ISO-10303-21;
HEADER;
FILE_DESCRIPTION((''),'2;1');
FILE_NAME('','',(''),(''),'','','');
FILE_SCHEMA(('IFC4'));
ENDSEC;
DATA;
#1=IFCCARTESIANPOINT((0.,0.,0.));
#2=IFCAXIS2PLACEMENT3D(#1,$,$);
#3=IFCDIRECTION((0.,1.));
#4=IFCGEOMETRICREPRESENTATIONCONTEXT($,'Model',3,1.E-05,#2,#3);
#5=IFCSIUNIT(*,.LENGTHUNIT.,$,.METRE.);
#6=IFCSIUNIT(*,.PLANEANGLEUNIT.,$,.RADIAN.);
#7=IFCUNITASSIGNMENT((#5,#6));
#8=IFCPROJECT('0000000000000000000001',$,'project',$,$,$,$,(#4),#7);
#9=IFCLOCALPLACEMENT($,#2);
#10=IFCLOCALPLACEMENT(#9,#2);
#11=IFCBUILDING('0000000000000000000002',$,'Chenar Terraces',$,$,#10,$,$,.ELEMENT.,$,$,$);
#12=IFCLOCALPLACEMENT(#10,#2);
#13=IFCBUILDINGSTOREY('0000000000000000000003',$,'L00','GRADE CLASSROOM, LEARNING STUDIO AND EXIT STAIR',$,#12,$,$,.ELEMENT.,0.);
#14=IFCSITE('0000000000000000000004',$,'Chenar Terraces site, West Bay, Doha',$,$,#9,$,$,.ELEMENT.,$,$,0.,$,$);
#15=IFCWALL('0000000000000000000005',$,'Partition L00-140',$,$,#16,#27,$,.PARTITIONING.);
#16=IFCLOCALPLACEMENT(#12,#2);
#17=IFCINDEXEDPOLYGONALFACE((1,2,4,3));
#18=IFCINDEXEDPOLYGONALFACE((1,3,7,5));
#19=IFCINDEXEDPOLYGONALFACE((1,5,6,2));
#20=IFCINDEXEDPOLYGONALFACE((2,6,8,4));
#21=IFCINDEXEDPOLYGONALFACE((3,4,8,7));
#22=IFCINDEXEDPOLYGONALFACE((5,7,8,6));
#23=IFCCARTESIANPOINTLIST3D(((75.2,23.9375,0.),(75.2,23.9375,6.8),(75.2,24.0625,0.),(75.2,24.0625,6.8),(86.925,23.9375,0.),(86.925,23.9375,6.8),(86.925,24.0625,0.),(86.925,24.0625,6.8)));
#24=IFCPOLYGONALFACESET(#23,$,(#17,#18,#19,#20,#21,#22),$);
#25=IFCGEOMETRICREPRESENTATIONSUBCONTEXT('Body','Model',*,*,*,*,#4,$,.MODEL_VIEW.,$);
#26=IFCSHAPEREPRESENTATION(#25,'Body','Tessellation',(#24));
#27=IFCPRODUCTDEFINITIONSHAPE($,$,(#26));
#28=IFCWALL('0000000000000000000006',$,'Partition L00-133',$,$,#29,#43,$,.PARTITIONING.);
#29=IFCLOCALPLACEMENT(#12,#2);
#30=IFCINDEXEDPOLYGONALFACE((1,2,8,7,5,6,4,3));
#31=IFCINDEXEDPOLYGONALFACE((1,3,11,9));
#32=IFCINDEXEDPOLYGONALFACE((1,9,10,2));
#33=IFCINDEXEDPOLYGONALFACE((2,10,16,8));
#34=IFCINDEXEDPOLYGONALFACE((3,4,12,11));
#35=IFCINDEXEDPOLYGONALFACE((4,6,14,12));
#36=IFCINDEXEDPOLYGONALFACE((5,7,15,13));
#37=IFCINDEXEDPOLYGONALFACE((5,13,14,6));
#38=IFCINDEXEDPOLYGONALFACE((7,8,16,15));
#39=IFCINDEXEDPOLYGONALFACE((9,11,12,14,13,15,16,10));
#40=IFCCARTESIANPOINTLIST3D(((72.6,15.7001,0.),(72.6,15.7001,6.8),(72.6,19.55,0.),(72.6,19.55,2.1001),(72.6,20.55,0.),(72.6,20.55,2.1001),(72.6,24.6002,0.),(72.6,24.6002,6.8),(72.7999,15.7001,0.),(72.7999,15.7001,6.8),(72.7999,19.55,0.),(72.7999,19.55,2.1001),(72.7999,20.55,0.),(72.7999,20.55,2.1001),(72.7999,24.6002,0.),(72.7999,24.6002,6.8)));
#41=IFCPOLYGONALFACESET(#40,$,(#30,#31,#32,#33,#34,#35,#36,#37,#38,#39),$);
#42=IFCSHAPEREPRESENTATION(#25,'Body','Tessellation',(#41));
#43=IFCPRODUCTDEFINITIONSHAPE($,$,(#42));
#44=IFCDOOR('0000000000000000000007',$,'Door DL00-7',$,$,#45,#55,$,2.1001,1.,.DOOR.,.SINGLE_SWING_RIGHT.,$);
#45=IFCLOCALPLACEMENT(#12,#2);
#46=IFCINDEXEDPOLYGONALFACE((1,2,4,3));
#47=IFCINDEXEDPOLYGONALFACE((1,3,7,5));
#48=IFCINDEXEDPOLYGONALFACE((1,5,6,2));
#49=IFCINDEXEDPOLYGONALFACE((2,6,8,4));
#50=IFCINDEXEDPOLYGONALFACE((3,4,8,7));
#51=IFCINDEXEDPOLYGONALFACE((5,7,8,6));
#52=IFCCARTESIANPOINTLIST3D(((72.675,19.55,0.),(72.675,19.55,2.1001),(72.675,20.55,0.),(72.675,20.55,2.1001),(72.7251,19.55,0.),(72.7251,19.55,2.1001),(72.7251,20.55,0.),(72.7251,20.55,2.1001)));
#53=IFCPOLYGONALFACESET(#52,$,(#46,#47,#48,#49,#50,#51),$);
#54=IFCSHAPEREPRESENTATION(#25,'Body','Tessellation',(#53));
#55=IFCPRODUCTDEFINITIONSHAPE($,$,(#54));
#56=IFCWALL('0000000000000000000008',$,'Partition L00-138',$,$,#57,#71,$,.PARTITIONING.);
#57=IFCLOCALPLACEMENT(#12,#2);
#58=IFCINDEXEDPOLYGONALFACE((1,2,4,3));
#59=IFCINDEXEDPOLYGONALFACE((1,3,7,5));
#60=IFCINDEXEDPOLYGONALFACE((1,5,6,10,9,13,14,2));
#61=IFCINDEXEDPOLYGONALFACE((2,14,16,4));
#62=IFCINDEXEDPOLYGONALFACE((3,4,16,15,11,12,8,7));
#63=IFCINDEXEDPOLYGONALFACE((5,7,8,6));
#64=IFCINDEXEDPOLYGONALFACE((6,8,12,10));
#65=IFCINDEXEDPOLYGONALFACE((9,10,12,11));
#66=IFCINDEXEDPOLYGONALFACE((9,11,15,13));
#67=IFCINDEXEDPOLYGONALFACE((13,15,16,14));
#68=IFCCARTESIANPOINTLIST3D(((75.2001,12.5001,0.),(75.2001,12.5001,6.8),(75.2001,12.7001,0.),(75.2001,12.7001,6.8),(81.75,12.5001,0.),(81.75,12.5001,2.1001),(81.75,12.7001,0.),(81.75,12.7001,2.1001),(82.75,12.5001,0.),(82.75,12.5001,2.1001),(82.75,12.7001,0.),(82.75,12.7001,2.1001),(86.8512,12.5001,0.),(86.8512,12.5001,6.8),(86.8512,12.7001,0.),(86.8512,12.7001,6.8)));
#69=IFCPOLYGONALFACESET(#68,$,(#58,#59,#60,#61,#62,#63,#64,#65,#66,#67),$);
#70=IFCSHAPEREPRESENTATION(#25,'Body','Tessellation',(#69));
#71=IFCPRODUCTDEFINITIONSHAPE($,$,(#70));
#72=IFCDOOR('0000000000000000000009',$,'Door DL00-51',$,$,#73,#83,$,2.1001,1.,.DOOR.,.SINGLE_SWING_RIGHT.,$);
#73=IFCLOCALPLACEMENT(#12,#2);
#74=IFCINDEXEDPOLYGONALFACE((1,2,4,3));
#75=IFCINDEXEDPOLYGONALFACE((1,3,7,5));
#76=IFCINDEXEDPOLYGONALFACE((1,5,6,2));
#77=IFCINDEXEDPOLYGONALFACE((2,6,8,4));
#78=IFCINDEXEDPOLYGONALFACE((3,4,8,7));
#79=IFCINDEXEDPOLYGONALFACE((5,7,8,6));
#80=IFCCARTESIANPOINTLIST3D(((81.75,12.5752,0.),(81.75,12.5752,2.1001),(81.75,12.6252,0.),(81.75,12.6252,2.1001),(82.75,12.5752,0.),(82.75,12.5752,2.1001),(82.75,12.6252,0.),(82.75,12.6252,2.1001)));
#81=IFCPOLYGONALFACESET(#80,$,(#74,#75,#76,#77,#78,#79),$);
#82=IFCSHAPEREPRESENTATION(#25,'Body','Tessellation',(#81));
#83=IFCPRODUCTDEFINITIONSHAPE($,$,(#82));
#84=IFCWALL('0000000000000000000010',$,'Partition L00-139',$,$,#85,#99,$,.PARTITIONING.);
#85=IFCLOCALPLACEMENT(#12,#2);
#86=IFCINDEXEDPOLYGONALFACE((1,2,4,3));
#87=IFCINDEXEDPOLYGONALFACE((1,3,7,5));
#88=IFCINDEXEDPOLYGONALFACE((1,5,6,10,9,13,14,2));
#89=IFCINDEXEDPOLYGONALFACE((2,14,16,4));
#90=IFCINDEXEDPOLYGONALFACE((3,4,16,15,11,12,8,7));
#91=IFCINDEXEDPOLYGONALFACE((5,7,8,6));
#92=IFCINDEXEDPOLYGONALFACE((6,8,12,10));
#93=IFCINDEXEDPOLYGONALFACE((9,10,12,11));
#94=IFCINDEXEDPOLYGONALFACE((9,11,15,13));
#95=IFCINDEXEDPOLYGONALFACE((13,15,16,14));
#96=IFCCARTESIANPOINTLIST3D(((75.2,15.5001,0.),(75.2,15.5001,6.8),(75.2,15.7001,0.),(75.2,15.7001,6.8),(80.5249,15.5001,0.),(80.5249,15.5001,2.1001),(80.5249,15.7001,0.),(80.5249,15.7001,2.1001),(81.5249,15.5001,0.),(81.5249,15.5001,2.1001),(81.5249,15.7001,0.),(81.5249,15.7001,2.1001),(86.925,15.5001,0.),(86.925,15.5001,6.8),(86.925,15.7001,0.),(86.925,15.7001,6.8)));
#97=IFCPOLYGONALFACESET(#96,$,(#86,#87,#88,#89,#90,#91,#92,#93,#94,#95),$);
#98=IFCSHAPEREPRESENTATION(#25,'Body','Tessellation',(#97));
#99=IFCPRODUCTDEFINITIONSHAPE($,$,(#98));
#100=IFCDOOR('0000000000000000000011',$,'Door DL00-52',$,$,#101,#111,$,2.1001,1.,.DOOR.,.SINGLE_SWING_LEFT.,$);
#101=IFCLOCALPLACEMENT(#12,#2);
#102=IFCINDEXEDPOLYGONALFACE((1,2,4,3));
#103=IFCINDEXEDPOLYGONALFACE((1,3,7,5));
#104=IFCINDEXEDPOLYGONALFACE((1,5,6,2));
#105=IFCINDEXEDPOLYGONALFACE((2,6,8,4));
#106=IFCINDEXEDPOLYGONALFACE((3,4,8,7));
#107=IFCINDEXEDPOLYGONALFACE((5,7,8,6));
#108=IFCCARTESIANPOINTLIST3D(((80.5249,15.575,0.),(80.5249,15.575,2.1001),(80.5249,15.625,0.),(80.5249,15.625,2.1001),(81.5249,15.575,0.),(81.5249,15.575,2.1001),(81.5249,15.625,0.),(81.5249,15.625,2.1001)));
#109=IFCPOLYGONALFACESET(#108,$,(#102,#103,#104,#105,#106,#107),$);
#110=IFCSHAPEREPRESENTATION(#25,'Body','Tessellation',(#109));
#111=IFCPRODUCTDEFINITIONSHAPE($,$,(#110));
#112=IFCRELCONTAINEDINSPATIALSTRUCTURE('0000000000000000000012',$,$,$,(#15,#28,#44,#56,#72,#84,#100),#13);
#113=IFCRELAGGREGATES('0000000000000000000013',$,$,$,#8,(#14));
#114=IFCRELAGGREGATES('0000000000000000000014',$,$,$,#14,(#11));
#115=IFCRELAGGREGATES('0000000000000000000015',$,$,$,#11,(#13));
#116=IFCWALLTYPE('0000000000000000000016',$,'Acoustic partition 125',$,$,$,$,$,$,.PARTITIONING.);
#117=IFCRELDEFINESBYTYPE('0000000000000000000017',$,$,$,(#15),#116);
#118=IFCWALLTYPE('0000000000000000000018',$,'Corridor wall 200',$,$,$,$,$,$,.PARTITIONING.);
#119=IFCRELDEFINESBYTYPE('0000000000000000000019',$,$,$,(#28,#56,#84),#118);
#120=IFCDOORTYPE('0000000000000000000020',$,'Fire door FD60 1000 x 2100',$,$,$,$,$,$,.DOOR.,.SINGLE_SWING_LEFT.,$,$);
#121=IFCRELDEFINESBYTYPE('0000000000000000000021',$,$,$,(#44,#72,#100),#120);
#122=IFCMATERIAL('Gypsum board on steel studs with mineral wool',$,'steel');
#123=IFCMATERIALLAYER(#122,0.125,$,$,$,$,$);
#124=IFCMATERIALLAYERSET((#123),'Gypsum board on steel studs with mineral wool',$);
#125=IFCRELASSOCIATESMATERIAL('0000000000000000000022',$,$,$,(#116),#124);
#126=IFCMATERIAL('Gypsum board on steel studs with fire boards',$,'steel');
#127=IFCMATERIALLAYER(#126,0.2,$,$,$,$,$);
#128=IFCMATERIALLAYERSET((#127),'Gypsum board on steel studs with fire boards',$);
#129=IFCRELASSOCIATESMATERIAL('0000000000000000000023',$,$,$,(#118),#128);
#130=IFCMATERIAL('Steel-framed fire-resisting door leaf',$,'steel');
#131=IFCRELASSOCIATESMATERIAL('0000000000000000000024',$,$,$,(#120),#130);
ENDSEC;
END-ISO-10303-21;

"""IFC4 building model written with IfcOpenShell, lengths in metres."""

from ifc_helpers import new_model, si_unit, direction, frame, frame_2d, origin, place, context, subcontext, project, spatial, rectangle, extrude, material, layer, layer_set, type_object, element, fill, save


model = new_model("IFC4")

# Units and contexts
model_context = context("Model", 3, precision=1e-05, world=origin(), true_north=direction((0.0, 1.0)))
body_context = subcontext(model_context, "Body", "Model", "MODEL_VIEW")
ifc_project = project(units=[si_unit("LENGTHUNIT", "METRE"), si_unit("PLANEANGLEUNIT", "RADIAN")], contexts=[model_context])

# Site, building, storey
site_placement = place(None, origin())
site = spatial("IfcSite", under=ifc_project, at=site_placement, Name="Chenar Terraces site, West Bay, Doha", CompositionType="ELEMENT", RefElevation=0.0)
building_placement = place(site_placement, origin())
building = spatial("IfcBuilding", under=site, at=building_placement, Name="Chenar Terraces", CompositionType="ELEMENT")
storey_placement = place(building_placement, origin())
storey = spatial("IfcBuildingStorey", under=building, at=storey_placement, Name="L00", Description="GRADE CLASSROOM, LEARNING STUDIO AND EXIT STAIR", CompositionType="ELEMENT", Elevation=0.0)

# Wall
ifc_material_1 = material(Name="Gypsum board on steel studs with mineral wool", Category="steel")
ifc_layer_1 = layer(ifc_material_1, 0.125)
ifc_layer_set_1 = layer_set([ifc_layer_1], Name="Gypsum board on steel studs with mineral wool")
wall_type_1 = type_object("IfcWallType", Name="Acoustic partition 125", PredefinedType="PARTITIONING", material=ifc_layer_set_1)
wall_1_placement = place(storey_placement, frame((75.2, 24.0, 0.0), z_axis=(0.0, 0.0, 1.0), x_axis=(1.0, 0.0, 0.0)))
element("IfcWall", 1, at=wall_1_placement, inside=storey, type_object=wall_type_1, Name="Partition L00-140", PredefinedType="PARTITIONING", context=body_context, shape_type="SweptSolid", body=[
    extrude(rectangle(XDim=11.7251, YDim=0.125, at=frame_2d((5.8625, 0.0))), origin(), (0.0, 0.0, 1.0), 6.8),
])

# Walls, openings, doors
ifc_material_2 = material(Name="Gypsum board on steel studs with fire boards", Category="steel")
ifc_layer_2 = layer(ifc_material_2, 0.2)
ifc_layer_set_2 = layer_set([ifc_layer_2], Name="Gypsum board on steel studs with fire boards")
wall_type_2 = type_object("IfcWallType", Name="Corridor wall 200", PredefinedType="PARTITIONING", material=ifc_layer_set_2)
wall_2_placement = place(storey_placement, frame((72.7, 15.7, 0.0), z_axis=(0.0, 0.0, 1.0), x_axis=(0.0, 1.0, 0.0)))
wall_2 = element("IfcWall", 2, at=wall_2_placement, inside=storey, type_object=wall_type_2, Name="Partition L00-133", PredefinedType="PARTITIONING", context=body_context, shape_type="SweptSolid", body=[
    extrude(rectangle(XDim=8.9001, YDim=0.2, at=frame_2d((4.4502, 0.0))), origin(), (0.0, 0.0, 1.0), 6.8),
])
opening_1_placement = place(wall_2_placement, frame((3.8501, 0.0, 0.0)))
opening_1 = element("IfcOpeningElement", 3, at=opening_1_placement, cuts=wall_2, PredefinedType="OPENING", context=body_context, shape_type="SweptSolid", body=[
    extrude(rectangle(XDim=1.0, YDim=2.1001, at=frame_2d((0.5, 1.05))), frame((0.0, 0.1099, 0.0), z_axis=(0.0, -1.0, 0.0), x_axis=(1.0, 0.0, 0.0)), (0.0, 0.0, 1.0), 0.22),
])
ifc_material_3 = material(Name="Steel-framed fire-resisting door leaf", Category="steel")
door_type = type_object("IfcDoorType", Name="Fire door FD60 1000 x 2100", OperationType="SINGLE_SWING_LEFT", PredefinedType="DOOR", material=ifc_material_3)
door_1_placement = place(opening_1_placement, origin())
door_1 = element("IfcDoor", 4, at=door_1_placement, inside=storey, type_object=door_type, Name="Door DL00-7", OperationType="SINGLE_SWING_RIGHT", OverallHeight=2.1001, OverallWidth=1.0, PredefinedType="DOOR", context=body_context, shape_type="SweptSolid", body=[
    extrude(rectangle(XDim=1.0, YDim=2.1001, at=frame_2d((0.5, 1.05))), frame((0.0, 0.0249, 0.0), z_axis=(0.0, -1.0, 0.0), x_axis=(1.0, 0.0, 0.0)), (0.0, 0.0, 1.0), 0.05),
])
fill(opening_1, door_1)
wall_3_placement = place(storey_placement, frame((75.2, 12.6001, 0.0), z_axis=(0.0, 0.0, 1.0), x_axis=(1.0, 0.0, 0.0)))
wall_3 = element("IfcWall", 5, at=wall_3_placement, inside=storey, type_object=wall_type_2, Name="Partition L00-138", PredefinedType="PARTITIONING", context=body_context, shape_type="SweptSolid", body=[
    extrude(rectangle(XDim=11.6511, YDim=0.2, at=frame_2d((5.8257, 0.0))), origin(), (0.0, 0.0, 1.0), 6.8),
])
opening_2_placement = place(wall_3_placement, frame((6.55, 0.0, 0.0)))
opening_2 = element("IfcOpeningElement", 6, at=opening_2_placement, cuts=wall_3, PredefinedType="OPENING", context=body_context, shape_type="SweptSolid", body=[
    extrude(rectangle(XDim=1.0, YDim=2.1001, at=frame_2d((0.5, 1.05))), frame((0.0, 0.1099, 0.0), z_axis=(0.0, -1.0, 0.0), x_axis=(1.0, 0.0, 0.0)), (0.0, 0.0, 1.0), 0.22),
])
door_2_placement = place(opening_2_placement, frame((1.0, 0.0, 0.0), z_axis=(0.0, 0.0, 1.0), x_axis=(-1.0, 0.0, 0.0)))
door_2 = element("IfcDoor", 7, at=door_2_placement, inside=storey, type_object=door_type, Name="Door DL00-51", OperationType="SINGLE_SWING_RIGHT", OverallHeight=2.1001, OverallWidth=1.0, PredefinedType="DOOR", context=body_context, shape_type="SweptSolid", body=[
    extrude(rectangle(XDim=1.0, YDim=2.1001, at=frame_2d((0.5, 1.05))), frame((0.0, 0.0249, 0.0), z_axis=(0.0, -1.0, 0.0), x_axis=(1.0, 0.0, 0.0)), (0.0, 0.0, 1.0), 0.05),
])
fill(opening_2, door_2)
wall_4_placement = place(storey_placement, frame((75.2, 15.6001, 0.0), z_axis=(0.0, 0.0, 1.0), x_axis=(1.0, 0.0, 0.0)))
wall_4 = element("IfcWall", 8, at=wall_4_placement, inside=storey, type_object=wall_type_2, Name="Partition L00-139", PredefinedType="PARTITIONING", context=body_context, shape_type="SweptSolid", body=[
    extrude(rectangle(XDim=11.7251, YDim=0.2, at=frame_2d((5.8625, 0.0))), origin(), (0.0, 0.0, 1.0), 6.8),
])
opening_3_placement = place(wall_4_placement, frame((5.325, 0.0, 0.0)))
opening_3 = element("IfcOpeningElement", 9, at=opening_3_placement, cuts=wall_4, PredefinedType="OPENING", context=body_context, shape_type="SweptSolid", body=[
    extrude(rectangle(XDim=1.0, YDim=2.1001, at=frame_2d((0.5, 1.05))), frame((0.0, 0.1099, 0.0), z_axis=(0.0, -1.0, 0.0), x_axis=(1.0, 0.0, 0.0)), (0.0, 0.0, 1.0), 0.22),
])
door_3_placement = place(opening_3_placement, origin())
door_3 = element("IfcDoor", 10, at=door_3_placement, inside=storey, type_object=door_type, Name="Door DL00-52", OperationType="SINGLE_SWING_LEFT", OverallHeight=2.1001, OverallWidth=1.0, PredefinedType="DOOR", context=body_context, shape_type="SweptSolid", body=[
    extrude(rectangle(XDim=1.0, YDim=2.1001, at=frame_2d((0.5, 1.05))), frame((0.0, 0.0249, 0.0), z_axis=(0.0, -1.0, 0.0), x_axis=(1.0, 0.0, 0.0)), (0.0, 0.0, 1.0), 0.05),
])
fill(opening_3, door_3)

save(model, "model.ifc")
